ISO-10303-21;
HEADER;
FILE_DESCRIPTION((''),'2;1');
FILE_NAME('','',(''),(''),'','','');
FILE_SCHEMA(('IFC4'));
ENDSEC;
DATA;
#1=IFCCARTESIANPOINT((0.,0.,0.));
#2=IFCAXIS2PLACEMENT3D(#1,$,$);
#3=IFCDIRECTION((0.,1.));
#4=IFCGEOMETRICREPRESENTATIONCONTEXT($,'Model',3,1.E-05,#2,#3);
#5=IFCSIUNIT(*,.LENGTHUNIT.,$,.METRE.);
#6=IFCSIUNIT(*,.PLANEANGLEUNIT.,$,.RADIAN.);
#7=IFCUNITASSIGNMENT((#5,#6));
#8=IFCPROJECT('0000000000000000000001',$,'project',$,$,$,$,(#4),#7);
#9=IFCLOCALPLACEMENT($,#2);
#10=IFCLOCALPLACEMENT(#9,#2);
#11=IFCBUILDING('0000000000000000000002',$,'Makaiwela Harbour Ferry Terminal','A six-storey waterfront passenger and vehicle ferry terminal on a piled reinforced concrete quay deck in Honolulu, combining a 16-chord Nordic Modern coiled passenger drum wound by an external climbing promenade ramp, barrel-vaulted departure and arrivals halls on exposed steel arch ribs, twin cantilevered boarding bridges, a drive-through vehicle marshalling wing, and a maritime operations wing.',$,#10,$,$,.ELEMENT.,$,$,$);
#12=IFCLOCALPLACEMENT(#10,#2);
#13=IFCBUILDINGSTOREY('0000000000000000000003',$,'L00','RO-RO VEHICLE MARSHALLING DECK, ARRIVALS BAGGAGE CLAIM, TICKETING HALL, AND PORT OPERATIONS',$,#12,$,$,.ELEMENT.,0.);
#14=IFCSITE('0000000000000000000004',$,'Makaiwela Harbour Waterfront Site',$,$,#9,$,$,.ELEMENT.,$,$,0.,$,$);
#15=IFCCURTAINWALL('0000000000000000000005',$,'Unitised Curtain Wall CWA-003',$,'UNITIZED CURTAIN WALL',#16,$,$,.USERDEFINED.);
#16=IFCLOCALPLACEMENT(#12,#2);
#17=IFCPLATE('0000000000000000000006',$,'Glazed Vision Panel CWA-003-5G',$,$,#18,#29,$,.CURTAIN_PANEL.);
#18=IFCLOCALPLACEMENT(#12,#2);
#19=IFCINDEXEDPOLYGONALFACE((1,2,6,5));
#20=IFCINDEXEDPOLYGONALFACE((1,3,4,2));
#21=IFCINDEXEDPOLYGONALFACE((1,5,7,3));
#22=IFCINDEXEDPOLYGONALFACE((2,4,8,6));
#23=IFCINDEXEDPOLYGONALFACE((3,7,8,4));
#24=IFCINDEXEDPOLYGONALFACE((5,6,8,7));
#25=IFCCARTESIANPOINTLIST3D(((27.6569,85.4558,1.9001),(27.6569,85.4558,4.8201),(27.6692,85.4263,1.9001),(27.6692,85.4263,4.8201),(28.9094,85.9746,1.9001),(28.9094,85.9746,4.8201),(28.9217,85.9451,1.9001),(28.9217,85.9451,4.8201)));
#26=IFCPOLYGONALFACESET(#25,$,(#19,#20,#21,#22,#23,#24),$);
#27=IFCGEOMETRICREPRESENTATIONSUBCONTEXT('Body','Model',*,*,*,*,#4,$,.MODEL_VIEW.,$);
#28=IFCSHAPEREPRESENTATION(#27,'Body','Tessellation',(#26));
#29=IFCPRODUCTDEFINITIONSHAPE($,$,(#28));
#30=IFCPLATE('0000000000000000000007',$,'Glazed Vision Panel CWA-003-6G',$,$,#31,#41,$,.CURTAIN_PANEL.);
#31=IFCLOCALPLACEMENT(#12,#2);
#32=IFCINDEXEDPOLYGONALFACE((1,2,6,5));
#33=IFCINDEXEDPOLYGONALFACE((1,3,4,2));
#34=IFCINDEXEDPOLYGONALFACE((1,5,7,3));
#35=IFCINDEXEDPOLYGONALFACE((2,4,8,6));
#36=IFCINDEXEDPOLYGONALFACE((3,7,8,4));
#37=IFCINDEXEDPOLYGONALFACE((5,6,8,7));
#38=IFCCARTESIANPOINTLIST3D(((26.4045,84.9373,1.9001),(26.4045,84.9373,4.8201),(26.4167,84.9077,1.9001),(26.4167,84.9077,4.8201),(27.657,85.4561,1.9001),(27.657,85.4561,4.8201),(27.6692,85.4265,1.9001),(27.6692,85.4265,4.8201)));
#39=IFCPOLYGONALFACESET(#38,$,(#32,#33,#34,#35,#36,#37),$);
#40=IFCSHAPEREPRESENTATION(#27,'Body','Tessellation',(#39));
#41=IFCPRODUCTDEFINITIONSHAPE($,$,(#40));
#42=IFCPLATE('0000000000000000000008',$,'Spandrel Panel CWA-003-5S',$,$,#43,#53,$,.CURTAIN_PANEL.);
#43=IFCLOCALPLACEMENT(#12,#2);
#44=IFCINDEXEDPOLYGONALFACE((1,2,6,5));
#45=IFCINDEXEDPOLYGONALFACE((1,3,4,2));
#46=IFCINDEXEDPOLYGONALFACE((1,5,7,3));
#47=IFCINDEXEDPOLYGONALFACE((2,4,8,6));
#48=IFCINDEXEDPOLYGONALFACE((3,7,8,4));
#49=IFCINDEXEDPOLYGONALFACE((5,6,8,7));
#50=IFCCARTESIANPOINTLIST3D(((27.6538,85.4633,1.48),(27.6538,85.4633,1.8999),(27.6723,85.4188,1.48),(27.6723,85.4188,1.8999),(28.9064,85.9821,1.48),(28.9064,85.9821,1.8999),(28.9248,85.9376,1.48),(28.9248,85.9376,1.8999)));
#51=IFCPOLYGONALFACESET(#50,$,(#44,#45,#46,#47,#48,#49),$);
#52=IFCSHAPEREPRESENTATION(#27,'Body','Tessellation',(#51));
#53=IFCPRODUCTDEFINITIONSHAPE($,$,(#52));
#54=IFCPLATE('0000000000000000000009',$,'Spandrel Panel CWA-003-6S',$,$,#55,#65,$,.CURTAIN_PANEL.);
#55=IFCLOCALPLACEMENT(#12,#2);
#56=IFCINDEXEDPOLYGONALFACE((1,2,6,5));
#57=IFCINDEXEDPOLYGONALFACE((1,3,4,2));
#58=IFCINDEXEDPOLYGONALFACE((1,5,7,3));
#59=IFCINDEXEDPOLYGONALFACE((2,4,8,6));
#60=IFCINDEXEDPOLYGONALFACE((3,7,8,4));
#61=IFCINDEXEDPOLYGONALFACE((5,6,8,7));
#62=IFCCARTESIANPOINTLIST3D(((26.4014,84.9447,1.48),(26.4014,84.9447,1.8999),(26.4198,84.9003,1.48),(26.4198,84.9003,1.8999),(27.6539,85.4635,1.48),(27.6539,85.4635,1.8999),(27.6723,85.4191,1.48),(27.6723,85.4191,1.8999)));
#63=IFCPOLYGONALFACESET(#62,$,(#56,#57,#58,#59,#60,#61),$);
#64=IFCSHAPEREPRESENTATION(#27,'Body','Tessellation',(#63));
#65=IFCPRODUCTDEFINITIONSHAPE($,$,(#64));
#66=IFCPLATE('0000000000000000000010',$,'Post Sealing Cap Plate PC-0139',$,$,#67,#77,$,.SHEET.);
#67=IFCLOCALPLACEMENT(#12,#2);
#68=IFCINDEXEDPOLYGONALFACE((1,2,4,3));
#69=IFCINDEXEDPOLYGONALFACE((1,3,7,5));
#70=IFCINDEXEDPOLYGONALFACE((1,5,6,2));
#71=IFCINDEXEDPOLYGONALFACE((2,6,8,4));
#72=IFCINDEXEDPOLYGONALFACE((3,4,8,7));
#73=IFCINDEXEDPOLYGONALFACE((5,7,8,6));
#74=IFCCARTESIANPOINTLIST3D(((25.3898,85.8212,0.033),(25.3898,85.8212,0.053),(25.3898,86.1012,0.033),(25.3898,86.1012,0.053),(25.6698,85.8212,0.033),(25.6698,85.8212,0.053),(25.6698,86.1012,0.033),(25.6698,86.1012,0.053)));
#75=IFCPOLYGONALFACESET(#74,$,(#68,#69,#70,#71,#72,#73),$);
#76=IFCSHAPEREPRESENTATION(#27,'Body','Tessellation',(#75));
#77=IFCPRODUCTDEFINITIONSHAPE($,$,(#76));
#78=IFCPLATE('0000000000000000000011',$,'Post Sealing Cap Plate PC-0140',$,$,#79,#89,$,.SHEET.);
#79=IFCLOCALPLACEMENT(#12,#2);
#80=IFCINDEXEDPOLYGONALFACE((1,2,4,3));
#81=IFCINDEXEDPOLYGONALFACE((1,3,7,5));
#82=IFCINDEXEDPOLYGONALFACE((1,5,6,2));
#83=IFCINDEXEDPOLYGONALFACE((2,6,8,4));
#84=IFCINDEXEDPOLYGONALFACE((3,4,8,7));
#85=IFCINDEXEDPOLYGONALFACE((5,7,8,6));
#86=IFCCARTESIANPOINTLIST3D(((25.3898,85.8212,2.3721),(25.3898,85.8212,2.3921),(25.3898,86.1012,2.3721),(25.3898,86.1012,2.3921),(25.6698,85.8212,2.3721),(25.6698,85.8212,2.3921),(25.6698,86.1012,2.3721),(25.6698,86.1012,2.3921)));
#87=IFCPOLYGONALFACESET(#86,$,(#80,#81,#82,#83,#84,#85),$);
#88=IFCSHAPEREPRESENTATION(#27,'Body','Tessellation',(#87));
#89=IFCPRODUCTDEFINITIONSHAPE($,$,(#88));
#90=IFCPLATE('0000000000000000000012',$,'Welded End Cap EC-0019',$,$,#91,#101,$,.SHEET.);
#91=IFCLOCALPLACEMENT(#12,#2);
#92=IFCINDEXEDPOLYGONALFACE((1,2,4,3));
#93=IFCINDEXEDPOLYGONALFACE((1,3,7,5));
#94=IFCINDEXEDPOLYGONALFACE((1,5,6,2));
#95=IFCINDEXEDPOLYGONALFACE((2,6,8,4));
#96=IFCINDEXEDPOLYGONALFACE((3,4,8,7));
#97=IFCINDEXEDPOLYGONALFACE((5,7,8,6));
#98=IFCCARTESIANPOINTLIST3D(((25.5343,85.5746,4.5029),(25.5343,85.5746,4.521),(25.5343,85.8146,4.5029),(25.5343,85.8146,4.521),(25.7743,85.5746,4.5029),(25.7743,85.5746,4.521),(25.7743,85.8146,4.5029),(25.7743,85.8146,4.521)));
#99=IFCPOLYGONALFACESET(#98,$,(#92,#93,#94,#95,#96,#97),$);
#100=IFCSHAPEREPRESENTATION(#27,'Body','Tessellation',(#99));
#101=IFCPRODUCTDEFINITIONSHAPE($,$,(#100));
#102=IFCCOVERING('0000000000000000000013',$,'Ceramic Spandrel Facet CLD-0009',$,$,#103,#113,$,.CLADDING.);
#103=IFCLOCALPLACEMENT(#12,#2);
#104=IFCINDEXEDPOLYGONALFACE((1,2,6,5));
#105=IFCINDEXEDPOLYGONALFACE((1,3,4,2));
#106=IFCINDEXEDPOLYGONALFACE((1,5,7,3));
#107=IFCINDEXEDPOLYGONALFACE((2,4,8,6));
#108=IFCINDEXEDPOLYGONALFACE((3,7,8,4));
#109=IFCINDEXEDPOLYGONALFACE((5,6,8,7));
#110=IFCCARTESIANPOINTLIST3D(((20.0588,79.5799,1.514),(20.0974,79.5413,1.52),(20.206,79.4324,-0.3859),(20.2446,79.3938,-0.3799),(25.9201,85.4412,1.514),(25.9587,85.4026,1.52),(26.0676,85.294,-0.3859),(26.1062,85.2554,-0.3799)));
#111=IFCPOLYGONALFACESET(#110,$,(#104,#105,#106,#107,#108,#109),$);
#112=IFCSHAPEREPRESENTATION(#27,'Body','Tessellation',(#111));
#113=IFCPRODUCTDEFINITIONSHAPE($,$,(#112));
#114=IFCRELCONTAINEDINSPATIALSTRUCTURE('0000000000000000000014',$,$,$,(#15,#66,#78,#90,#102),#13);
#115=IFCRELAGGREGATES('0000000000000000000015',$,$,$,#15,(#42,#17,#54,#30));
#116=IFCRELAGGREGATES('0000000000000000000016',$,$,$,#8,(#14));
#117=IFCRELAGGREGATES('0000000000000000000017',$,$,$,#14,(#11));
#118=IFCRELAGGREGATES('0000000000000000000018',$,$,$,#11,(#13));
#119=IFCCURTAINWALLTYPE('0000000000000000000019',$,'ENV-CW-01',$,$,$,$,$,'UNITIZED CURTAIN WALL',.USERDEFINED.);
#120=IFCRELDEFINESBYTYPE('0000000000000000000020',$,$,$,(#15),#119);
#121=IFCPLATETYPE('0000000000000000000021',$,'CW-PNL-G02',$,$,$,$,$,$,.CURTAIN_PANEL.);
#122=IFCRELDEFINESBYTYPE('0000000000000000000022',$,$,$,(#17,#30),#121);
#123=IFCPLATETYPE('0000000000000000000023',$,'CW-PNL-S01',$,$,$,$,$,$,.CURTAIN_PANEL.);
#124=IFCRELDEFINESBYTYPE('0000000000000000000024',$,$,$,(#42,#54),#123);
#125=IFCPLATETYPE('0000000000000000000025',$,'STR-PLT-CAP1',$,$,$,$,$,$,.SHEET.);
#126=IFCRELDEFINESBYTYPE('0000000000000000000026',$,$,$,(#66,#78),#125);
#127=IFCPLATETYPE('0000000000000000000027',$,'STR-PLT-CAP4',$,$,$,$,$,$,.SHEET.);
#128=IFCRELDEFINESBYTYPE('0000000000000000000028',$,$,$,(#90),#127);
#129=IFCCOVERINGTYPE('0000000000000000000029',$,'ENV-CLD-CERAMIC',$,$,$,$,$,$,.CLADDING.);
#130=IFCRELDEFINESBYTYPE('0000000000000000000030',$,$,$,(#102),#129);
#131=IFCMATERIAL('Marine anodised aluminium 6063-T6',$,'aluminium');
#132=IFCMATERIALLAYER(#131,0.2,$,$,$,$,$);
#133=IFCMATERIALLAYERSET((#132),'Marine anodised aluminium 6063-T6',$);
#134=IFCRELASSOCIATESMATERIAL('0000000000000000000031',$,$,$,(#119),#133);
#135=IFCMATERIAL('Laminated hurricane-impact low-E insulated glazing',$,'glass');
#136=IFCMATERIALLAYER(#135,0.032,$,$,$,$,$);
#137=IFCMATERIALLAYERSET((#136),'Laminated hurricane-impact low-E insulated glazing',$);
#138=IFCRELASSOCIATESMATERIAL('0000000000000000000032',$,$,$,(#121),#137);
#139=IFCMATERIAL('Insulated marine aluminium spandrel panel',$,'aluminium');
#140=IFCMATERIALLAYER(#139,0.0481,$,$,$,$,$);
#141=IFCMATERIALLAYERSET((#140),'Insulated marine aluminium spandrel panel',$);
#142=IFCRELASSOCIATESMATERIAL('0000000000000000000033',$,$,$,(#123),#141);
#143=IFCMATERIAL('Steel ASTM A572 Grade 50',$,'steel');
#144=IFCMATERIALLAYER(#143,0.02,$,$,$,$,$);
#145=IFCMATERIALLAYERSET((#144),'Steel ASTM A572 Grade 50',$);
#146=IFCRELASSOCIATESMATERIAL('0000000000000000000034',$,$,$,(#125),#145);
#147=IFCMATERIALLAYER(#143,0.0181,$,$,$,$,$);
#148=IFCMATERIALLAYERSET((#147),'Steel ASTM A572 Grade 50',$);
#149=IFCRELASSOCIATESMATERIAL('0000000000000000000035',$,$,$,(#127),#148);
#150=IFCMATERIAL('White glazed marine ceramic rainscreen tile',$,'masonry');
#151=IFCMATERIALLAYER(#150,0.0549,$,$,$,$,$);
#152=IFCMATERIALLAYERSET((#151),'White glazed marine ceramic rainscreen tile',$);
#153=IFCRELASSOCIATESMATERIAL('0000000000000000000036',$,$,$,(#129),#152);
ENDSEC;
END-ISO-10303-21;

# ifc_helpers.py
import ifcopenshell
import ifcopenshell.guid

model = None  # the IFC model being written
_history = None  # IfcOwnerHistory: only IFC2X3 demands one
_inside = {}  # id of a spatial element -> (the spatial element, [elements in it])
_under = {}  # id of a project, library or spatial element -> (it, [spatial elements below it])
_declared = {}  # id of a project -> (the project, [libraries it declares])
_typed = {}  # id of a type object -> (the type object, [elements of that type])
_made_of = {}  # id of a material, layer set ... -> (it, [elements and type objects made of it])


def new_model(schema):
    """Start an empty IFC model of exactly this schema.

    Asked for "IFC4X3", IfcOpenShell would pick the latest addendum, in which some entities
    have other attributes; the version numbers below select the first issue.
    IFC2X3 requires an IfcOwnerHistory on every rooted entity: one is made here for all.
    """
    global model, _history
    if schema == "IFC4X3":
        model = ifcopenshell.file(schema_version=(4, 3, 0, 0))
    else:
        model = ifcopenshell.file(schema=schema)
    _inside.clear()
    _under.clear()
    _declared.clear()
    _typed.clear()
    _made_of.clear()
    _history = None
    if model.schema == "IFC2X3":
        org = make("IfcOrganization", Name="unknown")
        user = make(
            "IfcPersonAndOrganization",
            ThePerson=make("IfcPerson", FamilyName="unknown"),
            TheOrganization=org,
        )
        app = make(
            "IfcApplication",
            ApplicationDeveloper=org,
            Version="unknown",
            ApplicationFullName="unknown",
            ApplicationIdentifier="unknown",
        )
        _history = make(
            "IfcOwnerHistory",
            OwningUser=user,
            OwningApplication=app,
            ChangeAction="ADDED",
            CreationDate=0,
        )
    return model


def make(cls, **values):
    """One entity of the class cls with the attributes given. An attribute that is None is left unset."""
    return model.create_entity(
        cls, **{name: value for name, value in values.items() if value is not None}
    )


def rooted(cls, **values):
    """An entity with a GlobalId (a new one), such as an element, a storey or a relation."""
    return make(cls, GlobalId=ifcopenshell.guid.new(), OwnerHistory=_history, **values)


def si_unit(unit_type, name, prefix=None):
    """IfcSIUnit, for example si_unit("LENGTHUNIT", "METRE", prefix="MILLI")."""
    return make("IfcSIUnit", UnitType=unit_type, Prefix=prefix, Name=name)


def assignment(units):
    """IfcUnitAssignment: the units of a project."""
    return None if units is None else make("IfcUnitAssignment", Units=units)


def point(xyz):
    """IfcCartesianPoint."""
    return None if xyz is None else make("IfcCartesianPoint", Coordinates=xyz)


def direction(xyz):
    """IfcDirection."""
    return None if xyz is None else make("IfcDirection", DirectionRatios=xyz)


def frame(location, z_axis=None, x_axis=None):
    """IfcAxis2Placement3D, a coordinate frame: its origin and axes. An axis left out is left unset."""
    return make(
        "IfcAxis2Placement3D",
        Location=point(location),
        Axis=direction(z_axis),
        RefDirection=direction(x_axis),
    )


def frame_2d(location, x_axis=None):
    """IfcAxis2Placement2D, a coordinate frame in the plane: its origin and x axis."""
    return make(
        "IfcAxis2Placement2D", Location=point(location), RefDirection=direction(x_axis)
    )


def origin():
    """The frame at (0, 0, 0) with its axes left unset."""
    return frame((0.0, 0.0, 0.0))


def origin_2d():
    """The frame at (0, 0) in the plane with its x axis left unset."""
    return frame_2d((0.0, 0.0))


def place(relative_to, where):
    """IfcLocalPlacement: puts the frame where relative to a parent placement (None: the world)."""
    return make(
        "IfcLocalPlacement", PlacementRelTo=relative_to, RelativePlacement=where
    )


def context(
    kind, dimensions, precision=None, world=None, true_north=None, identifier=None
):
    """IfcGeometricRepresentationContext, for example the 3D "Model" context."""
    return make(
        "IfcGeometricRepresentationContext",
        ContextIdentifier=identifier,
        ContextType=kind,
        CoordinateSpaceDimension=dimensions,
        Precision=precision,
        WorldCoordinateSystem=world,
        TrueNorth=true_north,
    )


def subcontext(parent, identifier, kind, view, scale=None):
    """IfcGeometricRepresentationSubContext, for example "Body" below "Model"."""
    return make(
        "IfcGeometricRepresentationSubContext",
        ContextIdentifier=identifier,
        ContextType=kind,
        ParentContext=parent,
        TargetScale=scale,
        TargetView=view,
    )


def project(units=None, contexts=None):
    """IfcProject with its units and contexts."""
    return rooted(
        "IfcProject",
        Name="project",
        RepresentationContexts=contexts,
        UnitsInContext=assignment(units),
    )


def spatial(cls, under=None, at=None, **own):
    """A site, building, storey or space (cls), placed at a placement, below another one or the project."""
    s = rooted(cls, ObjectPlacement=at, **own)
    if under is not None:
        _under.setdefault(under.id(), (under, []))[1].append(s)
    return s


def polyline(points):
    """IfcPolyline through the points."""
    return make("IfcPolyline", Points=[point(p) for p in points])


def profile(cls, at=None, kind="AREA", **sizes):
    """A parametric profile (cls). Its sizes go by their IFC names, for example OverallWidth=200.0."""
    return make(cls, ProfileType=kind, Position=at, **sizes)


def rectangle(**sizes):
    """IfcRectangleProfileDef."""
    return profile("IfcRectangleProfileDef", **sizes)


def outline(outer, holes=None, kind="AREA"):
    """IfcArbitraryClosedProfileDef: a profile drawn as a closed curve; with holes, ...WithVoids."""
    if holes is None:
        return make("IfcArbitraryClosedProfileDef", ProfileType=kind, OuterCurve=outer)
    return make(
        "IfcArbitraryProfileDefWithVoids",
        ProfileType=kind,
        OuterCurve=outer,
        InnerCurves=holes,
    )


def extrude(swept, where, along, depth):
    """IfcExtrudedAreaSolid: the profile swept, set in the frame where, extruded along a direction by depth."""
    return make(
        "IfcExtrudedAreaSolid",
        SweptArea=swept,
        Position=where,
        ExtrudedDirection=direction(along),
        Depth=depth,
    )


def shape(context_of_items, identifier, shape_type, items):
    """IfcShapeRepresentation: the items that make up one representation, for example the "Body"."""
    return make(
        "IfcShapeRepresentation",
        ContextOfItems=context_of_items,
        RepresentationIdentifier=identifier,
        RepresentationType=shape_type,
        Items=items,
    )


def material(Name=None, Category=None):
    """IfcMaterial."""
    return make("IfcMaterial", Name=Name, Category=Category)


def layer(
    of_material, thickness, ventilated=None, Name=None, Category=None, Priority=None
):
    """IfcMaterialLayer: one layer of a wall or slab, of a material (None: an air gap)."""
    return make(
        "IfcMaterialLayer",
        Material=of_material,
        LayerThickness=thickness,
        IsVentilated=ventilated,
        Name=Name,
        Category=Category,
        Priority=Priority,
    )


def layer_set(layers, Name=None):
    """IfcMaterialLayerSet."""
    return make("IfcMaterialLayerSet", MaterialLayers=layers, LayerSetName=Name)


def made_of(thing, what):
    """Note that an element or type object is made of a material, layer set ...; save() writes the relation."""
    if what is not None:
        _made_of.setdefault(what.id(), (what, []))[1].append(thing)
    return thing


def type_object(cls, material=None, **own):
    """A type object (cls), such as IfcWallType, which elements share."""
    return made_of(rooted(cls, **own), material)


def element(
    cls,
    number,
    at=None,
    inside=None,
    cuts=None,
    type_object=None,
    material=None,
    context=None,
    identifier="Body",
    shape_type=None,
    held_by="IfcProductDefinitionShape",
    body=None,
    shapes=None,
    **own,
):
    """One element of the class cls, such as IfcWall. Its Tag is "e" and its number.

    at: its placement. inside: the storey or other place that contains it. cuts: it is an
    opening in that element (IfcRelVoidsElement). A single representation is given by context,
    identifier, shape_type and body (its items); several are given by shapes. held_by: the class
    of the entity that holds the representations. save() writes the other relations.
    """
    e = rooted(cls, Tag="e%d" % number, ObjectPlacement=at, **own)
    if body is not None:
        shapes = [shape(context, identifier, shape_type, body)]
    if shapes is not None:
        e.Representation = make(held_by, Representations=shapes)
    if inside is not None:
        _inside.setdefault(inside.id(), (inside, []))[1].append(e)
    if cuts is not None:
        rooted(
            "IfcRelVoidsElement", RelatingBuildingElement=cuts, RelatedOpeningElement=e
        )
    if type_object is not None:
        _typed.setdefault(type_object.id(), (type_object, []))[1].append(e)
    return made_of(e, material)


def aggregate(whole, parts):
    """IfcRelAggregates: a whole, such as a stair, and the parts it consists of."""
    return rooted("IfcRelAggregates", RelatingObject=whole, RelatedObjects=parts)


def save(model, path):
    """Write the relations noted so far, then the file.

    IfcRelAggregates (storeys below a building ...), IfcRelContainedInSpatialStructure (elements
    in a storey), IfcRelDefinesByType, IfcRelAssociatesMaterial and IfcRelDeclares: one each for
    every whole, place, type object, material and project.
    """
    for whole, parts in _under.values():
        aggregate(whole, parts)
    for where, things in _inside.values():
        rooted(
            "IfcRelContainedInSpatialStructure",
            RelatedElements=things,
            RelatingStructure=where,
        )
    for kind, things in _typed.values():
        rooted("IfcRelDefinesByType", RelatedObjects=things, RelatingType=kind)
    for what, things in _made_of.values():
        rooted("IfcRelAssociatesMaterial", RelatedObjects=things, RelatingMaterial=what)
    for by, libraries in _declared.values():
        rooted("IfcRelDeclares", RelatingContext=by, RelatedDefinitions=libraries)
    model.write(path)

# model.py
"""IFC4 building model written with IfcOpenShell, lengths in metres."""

from ifc_helpers import new_model, si_unit, direction, frame, origin, origin_2d, place, context, subcontext, project, spatial, polyline, rectangle, outline, extrude, material, layer, layer_set, type_object, element, aggregate, save


model = new_model("IFC4")

# Units and contexts
model_context = context("Model", 3, precision=1e-05, world=origin(), true_north=direction((0.0, 1.0)))
body_context = subcontext(model_context, "Body", "Model", "MODEL_VIEW")
ifc_project = project(units=[si_unit("LENGTHUNIT", "METRE"), si_unit("PLANEANGLEUNIT", "RADIAN")], contexts=[model_context])

# Site, building, storey
site_placement = place(None, origin())
site = spatial("IfcSite", under=ifc_project, at=site_placement, Name="Makaiwela Harbour Waterfront Site", CompositionType="ELEMENT", RefElevation=0.0)
building_placement = place(site_placement, origin())
building = spatial("IfcBuilding", under=site, at=building_placement, Name="Makaiwela Harbour Ferry Terminal", Description="A six-storey waterfront passenger and vehicle ferry terminal on a piled reinforced concrete quay deck in Honolulu, combining a 16-chord Nordic Modern coiled passenger drum wound by an external climbing promenade ramp, barrel-vaulted departure and arrivals halls on exposed steel arch ribs, twin cantilevered boarding bridges, a drive-through vehicle marshalling wing, and a maritime operations wing.", CompositionType="ELEMENT")
storey_placement = place(building_placement, origin())
storey = spatial("IfcBuildingStorey", under=building, at=storey_placement, Name="L00", Description="RO-RO VEHICLE MARSHALLING DECK, ARRIVALS BAGGAGE CLAIM, TICKETING HALL, AND PORT OPERATIONS", CompositionType="ELEMENT", Elevation=0.0)

# Curtain wall
ifc_material_1 = material(Name="Marine anodised aluminium 6063-T6", Category="aluminium")
ifc_layer_1 = layer(ifc_material_1, 0.2)
ifc_layer_set_1 = layer_set([ifc_layer_1], Name="Marine anodised aluminium 6063-T6")
curtain_wall_type = type_object("IfcCurtainWallType", Name="ENV-CW-01", ElementType="UNITIZED CURTAIN WALL", PredefinedType="USERDEFINED", material=ifc_layer_set_1)
curtain_wall_1_placement = place(storey_placement, origin())
curtain_wall_1 = element("IfcCurtainWall", 1, at=curtain_wall_1_placement, inside=storey, type_object=curtain_wall_type, Name="Unitised Curtain Wall CWA-003", ObjectType="UNITIZED CURTAIN WALL", PredefinedType="USERDEFINED")

# Plates
ifc_material_2 = material(Name="Laminated hurricane-impact low-E insulated glazing", Category="glass")
ifc_layer_2 = layer(ifc_material_2, 0.032)
ifc_layer_set_2 = layer_set([ifc_layer_2], Name="Laminated hurricane-impact low-E insulated glazing")
plate_type_1 = type_object("IfcPlateType", Name="CW-PNL-G02", PredefinedType="CURTAIN_PANEL", material=ifc_layer_set_2)
plate_1_placement = place(storey_placement, frame((28.2893, 85.7004, 1.9001), z_axis=(0.0, 0.0, 1.0), x_axis=(-0.92388, -0.382683, 0.0)))
plate_1 = element("IfcPlate", 2, at=plate_1_placement, type_object=plate_type_1, Name="Glazed Vision Panel CWA-003-5G", PredefinedType="CURTAIN_PANEL", context=body_context, shape_type="SweptSolid", body=[
    extrude(rectangle(XDim=1.3557, YDim=0.032, at=origin_2d()), origin(), (0.0, 0.0, 1.0), 2.9199),
])
plate_2_placement = place(storey_placement, frame((27.0369, 85.1819, 1.9001), z_axis=(0.0, 0.0, 1.0), x_axis=(-0.92388, -0.382683, 0.0)))
plate_2 = element("IfcPlate", 3, at=plate_2_placement, type_object=plate_type_1, Name="Glazed Vision Panel CWA-003-6G", PredefinedType="CURTAIN_PANEL", context=body_context, shape_type="SweptSolid", body=[
    extrude(rectangle(XDim=1.3557, YDim=0.032, at=origin_2d()), origin(), (0.0, 0.0, 1.0), 2.9199),
])
ifc_material_3 = material(Name="Insulated marine aluminium spandrel panel", Category="aluminium")
ifc_layer_3 = layer(ifc_material_3, 0.0481)
ifc_layer_set_3 = layer_set([ifc_layer_3], Name="Insulated marine aluminium spandrel panel")
plate_type_2 = type_object("IfcPlateType", Name="CW-PNL-S01", PredefinedType="CURTAIN_PANEL", material=ifc_layer_set_3)
plate_3_placement = place(storey_placement, frame((28.2893, 85.7004, 1.48), z_axis=(0.0, 0.0, 1.0), x_axis=(-0.92388, -0.382683, 0.0)))
plate_3 = element("IfcPlate", 4, at=plate_3_placement, type_object=plate_type_2, Name="Spandrel Panel CWA-003-5S", PredefinedType="CURTAIN_PANEL", context=body_context, shape_type="SweptSolid", body=[
    extrude(rectangle(XDim=1.3557, YDim=0.0481, at=origin_2d()), origin(), (0.0, 0.0, 1.0), 0.4199),
])
plate_4_placement = place(storey_placement, frame((27.0369, 85.1819, 1.48), z_axis=(0.0, 0.0, 1.0), x_axis=(-0.92388, -0.382683, 0.0)))
plate_4 = element("IfcPlate", 5, at=plate_4_placement, type_object=plate_type_2, Name="Spandrel Panel CWA-003-6S", PredefinedType="CURTAIN_PANEL", context=body_context, shape_type="SweptSolid", body=[
    extrude(rectangle(XDim=1.3557, YDim=0.0481, at=origin_2d()), origin(), (0.0, 0.0, 1.0), 0.4199),
])
aggregate(curtain_wall_1, [plate_3, plate_1, plate_4, plate_2])

# Plates
ifc_material_4 = material(Name="Steel ASTM A572 Grade 50", Category="steel")
ifc_layer_4 = layer(ifc_material_4, 0.02)
ifc_layer_set_4 = layer_set([ifc_layer_4], Name="Steel ASTM A572 Grade 50")
plate_type_3 = type_object("IfcPlateType", Name="STR-PLT-CAP1", PredefinedType="SHEET", material=ifc_layer_set_4)
for number, where, z_axis, x_axis, name in (
    (6, (25.5298, 85.9612, 0.033), (0.0, 0.0, 1.0), (1.0, 0.0, 0.0), "Post Sealing Cap Plate PC-0139"),
    (7, (25.5298, 85.9612, 2.3721), (0.0, 0.0, 1.0), (1.0, 0.0, 0.0), "Post Sealing Cap Plate PC-0140"),
):
    element("IfcPlate", number, at=place(storey_placement, frame(where, z_axis=z_axis, x_axis=x_axis)), inside=storey, type_object=plate_type_3, Name=name, PredefinedType="SHEET", context=body_context, shape_type="SweptSolid", body=[
        extrude(rectangle(XDim=0.28, YDim=0.28, at=origin_2d()), origin(), (0.0, 0.0, 1.0), 0.02),
    ])
ifc_layer_5 = layer(ifc_material_4, 0.0181)
ifc_layer_set_5 = layer_set([ifc_layer_5], Name="Steel ASTM A572 Grade 50")
plate_type_4 = type_object("IfcPlateType", Name="STR-PLT-CAP4", PredefinedType="SHEET", material=ifc_layer_set_5)
plate_5_placement = place(storey_placement, frame((25.6543, 85.6946, 4.5029), z_axis=(0.0, 0.0, 1.0), x_axis=(1.0, 0.0, 0.0)))
element("IfcPlate", 8, at=plate_5_placement, inside=storey, type_object=plate_type_4, Name="Welded End Cap EC-0019", PredefinedType="SHEET", context=body_context, shape_type="SweptSolid", body=[
    extrude(rectangle(XDim=0.24, YDim=0.24, at=origin_2d()), origin(), (0.0, 0.0, 1.0), 0.0181),
])

# Covering
ifc_material_5 = material(Name="White glazed marine ceramic rainscreen tile", Category="masonry")
ifc_layer_6 = layer(ifc_material_5, 0.0549)
ifc_layer_set_6 = layer_set([ifc_layer_6], Name="White glazed marine ceramic rainscreen tile")
covering_type = type_object("IfcCoveringType", Name="ENV-CLD-CERAMIC", PredefinedType="CLADDING", material=ifc_layer_set_6)
covering_placement = place(storey_placement, frame((26.1062, 85.2554, -0.3799), z_axis=(0.702892, -0.702892, 0.10902), x_axis=(-0.707107, -0.707107, 0.0)))
element("IfcCovering", 9, at=covering_placement, inside=storey, type_object=covering_type, Name="Ceramic Spandrel Facet CLD-0009", PredefinedType="CLADDING", context=body_context, shape_type="SweptSolid", body=[
    extrude(outline(polyline([(0.0, 0.0), (8.2895, 0.0), (8.2893, -1.9113), (0.0002, -1.9113), (0.0, 0.0)])), origin(), (0.0, 0.0, -1.0), 0.0549),
])

save(model, "model.ifc")
